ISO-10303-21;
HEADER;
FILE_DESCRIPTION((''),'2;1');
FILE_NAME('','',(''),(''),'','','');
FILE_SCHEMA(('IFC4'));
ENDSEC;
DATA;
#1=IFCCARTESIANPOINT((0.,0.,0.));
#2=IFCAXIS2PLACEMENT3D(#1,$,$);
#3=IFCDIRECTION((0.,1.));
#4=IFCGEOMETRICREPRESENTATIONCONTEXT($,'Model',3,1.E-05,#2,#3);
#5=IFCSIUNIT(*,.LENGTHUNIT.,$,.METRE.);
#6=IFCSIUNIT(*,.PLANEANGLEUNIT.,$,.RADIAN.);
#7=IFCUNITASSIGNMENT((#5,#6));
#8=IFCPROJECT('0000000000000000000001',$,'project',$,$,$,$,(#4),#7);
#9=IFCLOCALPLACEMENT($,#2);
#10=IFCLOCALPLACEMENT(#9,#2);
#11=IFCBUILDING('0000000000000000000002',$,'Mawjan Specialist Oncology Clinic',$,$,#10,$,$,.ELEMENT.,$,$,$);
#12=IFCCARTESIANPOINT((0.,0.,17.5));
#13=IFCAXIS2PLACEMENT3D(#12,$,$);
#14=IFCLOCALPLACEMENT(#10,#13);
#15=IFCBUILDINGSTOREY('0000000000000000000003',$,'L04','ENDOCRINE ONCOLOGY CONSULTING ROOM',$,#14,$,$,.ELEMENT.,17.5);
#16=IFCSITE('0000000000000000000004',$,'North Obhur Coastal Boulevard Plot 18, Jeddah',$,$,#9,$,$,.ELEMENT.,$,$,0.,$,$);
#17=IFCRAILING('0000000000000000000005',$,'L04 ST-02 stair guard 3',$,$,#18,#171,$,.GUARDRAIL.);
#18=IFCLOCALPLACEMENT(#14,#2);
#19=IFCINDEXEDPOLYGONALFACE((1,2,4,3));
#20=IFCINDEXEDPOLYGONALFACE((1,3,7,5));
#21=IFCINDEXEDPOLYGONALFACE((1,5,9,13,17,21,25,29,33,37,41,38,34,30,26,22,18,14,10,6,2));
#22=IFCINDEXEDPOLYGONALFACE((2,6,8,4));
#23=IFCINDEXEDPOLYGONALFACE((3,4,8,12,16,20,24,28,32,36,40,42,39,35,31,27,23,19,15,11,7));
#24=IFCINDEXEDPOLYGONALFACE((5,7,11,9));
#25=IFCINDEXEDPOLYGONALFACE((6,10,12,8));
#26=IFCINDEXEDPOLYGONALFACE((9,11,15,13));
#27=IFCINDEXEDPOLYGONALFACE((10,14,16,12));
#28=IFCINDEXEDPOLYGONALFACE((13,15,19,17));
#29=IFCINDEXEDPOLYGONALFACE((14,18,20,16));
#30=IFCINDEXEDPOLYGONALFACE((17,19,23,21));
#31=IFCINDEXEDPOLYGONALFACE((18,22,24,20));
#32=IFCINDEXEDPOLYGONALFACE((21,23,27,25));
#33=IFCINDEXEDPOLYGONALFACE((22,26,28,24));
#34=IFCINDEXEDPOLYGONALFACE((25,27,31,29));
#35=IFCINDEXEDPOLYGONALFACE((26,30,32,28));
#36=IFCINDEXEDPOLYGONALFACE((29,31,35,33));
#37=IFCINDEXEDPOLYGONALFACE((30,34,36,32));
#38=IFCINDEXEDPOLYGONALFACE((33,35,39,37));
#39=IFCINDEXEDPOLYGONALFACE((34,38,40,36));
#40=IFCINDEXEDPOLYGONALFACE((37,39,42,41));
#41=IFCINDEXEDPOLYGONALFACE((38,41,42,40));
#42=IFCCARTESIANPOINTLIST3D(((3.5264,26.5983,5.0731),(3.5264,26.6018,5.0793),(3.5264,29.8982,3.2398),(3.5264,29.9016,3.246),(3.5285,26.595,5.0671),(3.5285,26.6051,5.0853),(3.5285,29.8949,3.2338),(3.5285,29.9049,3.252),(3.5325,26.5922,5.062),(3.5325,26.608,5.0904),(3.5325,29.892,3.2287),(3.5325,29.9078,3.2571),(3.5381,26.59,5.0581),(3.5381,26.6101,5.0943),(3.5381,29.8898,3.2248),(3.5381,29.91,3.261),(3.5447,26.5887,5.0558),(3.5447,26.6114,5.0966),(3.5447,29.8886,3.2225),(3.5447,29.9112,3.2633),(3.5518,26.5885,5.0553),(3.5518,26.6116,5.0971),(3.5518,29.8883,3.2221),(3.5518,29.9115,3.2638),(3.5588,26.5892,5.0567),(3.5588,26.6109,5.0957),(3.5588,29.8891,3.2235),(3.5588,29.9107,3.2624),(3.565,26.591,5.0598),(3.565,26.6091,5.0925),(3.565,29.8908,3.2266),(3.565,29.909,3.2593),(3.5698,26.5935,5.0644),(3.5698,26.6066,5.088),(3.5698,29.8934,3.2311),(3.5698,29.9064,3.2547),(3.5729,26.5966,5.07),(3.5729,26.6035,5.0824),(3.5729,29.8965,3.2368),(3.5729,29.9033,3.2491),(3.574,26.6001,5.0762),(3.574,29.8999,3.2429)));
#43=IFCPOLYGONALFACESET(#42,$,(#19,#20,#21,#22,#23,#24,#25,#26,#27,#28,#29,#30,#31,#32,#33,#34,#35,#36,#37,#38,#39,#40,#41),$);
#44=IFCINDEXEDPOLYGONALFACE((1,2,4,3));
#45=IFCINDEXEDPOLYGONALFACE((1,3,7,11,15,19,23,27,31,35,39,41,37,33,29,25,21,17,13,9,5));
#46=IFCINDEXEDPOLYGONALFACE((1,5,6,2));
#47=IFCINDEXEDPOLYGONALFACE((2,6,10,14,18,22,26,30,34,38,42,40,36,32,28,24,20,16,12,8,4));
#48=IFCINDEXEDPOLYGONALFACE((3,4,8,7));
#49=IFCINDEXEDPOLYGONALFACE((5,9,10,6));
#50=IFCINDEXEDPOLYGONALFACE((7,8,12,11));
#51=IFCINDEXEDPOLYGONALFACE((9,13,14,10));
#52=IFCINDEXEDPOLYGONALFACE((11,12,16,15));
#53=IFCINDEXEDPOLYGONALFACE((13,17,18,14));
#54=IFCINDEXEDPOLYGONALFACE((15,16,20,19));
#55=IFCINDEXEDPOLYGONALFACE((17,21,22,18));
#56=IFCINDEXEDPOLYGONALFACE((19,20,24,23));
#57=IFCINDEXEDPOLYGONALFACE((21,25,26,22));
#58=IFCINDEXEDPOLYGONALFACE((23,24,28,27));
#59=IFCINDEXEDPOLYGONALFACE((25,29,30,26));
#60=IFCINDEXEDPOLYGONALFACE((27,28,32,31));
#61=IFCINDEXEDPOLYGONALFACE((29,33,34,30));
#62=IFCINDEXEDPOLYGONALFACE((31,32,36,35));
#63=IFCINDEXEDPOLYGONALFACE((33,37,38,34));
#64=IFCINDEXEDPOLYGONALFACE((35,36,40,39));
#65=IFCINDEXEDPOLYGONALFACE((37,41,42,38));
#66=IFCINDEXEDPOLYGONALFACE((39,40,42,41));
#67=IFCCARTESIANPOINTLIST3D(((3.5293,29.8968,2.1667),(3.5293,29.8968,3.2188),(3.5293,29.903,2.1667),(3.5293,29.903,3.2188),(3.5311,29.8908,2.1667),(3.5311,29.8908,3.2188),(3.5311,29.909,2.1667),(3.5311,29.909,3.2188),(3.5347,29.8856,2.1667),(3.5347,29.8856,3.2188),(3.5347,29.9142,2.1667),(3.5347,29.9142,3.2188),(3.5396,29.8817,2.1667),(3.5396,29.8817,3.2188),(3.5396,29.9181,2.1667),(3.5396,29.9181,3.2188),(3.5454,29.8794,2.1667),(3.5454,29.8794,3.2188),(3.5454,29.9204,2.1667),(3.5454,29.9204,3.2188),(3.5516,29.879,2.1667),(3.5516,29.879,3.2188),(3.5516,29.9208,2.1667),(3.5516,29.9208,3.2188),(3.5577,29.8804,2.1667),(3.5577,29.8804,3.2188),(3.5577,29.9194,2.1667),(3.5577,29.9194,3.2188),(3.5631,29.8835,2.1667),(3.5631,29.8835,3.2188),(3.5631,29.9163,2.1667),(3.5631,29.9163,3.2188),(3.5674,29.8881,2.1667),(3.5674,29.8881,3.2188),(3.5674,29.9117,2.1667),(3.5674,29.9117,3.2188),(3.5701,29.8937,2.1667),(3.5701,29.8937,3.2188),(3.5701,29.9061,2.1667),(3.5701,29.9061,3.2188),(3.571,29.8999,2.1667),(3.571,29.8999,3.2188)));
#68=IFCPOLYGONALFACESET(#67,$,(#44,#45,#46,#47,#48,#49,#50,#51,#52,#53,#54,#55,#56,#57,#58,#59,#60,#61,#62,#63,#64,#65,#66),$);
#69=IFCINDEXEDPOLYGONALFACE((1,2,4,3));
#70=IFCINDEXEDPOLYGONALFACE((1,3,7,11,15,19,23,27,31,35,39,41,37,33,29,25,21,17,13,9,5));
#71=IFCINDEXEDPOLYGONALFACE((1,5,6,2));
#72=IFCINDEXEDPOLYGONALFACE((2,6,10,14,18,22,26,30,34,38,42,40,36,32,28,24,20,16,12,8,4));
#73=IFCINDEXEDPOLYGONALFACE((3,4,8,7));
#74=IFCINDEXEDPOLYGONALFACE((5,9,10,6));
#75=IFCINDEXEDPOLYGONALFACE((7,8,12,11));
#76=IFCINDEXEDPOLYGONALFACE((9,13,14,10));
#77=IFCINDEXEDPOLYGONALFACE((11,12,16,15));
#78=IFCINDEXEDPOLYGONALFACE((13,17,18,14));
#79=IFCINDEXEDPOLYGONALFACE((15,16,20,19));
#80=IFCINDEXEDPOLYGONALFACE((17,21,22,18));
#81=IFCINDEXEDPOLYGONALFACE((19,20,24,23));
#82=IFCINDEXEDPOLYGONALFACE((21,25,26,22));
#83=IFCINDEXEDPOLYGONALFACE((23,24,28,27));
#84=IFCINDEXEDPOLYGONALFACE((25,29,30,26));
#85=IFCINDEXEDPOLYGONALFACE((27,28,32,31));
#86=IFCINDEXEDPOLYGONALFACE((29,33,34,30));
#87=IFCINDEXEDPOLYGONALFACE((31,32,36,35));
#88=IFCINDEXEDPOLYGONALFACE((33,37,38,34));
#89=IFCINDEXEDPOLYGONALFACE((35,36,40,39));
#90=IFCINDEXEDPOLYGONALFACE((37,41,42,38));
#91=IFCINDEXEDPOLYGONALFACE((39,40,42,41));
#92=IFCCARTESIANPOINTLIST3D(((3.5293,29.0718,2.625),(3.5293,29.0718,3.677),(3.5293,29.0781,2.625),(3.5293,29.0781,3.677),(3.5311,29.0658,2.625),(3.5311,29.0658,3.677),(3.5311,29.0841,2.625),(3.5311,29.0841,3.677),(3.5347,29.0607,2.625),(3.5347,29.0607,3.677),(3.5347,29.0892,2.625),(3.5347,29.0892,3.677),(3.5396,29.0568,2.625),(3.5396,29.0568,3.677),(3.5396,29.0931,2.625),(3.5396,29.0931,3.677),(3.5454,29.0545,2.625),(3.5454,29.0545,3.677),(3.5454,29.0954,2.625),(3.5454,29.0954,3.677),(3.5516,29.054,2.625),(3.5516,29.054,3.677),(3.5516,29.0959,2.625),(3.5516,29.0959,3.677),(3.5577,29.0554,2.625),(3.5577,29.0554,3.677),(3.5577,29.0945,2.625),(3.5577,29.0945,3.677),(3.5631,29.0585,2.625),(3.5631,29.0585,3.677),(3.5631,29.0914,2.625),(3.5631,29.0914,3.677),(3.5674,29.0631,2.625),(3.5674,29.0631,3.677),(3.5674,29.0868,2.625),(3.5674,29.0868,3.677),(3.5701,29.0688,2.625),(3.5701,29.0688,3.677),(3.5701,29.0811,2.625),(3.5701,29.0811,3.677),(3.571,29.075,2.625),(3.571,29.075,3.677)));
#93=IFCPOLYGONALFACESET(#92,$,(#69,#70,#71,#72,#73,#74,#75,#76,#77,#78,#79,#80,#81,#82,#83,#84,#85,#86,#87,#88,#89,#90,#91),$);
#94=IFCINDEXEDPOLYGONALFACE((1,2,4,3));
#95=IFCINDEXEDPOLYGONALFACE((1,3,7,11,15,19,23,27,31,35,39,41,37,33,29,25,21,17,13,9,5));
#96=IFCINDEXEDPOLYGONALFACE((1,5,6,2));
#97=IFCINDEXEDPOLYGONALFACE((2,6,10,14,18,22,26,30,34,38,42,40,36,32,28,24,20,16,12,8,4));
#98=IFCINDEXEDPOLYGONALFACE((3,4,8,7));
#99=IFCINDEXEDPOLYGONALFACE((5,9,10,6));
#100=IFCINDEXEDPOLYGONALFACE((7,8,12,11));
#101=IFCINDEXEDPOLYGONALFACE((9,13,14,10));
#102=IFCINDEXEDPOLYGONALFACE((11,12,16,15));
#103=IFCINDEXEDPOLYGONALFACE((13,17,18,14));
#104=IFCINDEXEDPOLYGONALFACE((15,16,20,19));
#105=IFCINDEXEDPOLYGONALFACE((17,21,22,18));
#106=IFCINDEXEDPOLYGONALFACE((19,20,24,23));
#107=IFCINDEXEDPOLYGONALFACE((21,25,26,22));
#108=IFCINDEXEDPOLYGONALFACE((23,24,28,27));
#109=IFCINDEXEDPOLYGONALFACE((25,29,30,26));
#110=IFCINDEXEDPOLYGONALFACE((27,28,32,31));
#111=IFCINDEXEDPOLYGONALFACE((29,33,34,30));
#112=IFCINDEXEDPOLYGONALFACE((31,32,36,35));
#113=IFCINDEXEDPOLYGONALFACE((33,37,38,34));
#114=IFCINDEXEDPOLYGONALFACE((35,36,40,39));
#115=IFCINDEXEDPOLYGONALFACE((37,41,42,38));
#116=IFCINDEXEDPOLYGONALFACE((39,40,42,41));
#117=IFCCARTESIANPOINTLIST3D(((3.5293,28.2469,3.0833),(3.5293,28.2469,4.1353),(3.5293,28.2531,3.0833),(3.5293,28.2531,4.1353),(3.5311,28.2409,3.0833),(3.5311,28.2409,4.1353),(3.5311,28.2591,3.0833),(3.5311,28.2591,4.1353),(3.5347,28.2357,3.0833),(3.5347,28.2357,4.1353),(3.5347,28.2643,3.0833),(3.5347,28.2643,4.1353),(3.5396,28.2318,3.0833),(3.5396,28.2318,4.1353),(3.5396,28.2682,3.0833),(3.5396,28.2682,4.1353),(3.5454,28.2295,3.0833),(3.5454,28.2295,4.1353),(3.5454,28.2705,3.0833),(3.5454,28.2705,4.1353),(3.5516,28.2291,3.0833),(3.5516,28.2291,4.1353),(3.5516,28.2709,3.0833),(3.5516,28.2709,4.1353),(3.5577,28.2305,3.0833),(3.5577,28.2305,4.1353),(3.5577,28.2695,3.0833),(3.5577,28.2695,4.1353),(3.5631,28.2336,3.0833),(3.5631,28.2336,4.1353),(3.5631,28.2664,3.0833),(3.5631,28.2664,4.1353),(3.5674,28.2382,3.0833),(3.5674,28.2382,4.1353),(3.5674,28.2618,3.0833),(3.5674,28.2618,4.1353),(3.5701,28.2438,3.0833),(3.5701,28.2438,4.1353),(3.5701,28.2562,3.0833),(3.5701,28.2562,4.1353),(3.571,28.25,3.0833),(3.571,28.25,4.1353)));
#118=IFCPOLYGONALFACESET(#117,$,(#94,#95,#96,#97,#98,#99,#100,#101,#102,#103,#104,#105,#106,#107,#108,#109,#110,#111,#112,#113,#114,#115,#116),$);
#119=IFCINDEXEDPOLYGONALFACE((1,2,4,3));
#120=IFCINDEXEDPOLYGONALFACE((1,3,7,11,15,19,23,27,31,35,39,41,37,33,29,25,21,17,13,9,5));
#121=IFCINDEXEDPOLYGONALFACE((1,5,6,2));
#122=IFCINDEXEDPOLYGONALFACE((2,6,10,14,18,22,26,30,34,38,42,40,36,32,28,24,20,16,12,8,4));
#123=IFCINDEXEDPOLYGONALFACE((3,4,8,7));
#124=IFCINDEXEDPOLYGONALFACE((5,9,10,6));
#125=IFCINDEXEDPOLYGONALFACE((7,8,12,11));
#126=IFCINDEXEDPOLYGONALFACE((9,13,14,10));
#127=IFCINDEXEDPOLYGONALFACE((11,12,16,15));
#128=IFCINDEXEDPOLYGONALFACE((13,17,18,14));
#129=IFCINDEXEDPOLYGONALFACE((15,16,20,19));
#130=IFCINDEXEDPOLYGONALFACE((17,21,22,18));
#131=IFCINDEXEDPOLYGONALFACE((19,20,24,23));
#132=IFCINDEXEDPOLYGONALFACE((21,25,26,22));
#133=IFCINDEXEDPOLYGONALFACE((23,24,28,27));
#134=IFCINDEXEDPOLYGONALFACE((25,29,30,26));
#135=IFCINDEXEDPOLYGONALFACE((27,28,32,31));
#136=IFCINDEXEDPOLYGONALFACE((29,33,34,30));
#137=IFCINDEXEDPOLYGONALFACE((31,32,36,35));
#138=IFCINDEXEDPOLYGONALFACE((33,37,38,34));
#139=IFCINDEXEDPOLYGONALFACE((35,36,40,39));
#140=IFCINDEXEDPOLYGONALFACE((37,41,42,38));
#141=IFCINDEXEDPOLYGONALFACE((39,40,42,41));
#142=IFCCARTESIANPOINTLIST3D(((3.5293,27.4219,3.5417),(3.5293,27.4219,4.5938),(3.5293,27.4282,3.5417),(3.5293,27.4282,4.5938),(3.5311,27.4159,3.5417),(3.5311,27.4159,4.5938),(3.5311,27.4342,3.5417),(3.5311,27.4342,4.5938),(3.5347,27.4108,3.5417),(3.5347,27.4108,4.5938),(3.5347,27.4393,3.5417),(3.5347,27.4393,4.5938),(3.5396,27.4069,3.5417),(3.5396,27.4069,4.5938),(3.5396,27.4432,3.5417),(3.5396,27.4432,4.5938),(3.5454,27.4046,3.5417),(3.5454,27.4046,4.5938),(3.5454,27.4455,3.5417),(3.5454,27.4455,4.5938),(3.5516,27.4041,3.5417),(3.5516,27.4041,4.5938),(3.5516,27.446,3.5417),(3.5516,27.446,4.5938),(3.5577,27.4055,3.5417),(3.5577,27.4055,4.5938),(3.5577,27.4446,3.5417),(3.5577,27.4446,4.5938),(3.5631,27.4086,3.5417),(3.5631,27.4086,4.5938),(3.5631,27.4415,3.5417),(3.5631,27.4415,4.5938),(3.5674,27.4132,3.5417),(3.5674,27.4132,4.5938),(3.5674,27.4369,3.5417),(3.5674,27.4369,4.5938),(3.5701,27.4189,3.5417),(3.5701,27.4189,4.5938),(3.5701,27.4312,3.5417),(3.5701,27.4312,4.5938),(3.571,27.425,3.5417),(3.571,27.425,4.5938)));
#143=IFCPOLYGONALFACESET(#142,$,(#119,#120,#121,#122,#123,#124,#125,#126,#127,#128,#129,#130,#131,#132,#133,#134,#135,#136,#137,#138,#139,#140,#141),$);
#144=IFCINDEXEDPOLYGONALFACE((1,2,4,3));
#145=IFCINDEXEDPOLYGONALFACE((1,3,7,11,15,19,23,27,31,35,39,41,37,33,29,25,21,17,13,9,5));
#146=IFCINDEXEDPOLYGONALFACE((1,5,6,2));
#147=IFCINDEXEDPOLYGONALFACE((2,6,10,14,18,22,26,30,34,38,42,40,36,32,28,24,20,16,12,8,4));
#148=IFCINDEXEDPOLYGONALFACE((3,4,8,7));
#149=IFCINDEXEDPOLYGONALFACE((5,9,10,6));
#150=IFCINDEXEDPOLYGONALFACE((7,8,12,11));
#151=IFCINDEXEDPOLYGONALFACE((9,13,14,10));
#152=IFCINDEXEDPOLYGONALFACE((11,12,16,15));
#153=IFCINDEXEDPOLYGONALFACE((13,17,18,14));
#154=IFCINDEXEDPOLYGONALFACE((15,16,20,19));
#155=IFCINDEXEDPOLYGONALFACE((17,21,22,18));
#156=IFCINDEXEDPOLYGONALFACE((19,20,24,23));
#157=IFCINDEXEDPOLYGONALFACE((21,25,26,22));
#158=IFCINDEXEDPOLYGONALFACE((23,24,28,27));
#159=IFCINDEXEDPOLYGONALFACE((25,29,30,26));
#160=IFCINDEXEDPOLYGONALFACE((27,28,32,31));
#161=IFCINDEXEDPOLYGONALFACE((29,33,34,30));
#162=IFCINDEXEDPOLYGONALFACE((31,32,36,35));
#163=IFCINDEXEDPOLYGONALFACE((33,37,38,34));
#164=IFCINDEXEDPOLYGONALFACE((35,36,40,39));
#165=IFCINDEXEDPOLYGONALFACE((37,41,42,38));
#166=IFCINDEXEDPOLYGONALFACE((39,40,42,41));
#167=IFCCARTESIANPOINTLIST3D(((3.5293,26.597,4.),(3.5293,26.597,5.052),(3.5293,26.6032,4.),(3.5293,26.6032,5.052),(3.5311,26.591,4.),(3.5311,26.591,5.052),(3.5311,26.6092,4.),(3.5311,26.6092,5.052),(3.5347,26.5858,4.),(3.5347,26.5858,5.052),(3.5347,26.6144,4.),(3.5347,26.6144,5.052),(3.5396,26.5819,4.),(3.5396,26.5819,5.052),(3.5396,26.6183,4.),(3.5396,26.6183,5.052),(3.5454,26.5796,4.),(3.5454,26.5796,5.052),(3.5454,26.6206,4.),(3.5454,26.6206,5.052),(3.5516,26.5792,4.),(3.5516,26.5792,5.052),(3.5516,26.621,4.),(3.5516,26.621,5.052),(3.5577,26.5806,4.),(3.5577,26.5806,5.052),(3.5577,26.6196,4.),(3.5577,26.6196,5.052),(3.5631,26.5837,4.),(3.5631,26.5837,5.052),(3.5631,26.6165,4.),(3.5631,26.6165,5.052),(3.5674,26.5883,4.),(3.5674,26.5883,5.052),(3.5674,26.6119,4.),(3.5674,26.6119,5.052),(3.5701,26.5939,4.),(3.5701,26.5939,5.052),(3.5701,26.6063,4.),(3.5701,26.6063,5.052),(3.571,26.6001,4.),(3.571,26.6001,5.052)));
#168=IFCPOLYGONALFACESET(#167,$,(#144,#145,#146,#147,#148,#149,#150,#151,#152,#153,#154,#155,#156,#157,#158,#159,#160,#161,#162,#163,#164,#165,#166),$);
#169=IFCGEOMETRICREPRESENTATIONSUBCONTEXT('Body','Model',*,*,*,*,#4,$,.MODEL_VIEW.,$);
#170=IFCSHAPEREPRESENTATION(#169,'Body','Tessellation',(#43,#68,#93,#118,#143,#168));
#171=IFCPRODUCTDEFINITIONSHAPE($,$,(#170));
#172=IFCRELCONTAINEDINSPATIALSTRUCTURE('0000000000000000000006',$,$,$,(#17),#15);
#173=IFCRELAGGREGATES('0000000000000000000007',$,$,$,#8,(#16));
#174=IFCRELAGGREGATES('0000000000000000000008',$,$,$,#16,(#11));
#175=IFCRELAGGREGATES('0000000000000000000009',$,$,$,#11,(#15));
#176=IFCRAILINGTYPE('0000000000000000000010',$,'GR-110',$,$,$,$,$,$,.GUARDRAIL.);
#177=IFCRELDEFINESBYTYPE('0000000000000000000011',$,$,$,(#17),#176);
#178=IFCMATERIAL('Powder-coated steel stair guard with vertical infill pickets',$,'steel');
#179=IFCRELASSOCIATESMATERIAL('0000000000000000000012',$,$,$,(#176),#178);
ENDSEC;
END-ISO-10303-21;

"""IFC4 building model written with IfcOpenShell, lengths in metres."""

from ifc_helpers import new_model, si_unit, direction, frame, origin, origin_2d, place, context, subcontext, project, spatial, circle, extrude, material, type_object, element, save


model = new_model("IFC4")

# Units and contexts
model_context = context("Model", 3, precision=1e-05, world=origin(), true_north=direction((0.0, 1.0)))
body_context = subcontext(model_context, "Body", "Model", "MODEL_VIEW")
ifc_project = project(units=[si_unit("LENGTHUNIT", "METRE"), si_unit("PLANEANGLEUNIT", "RADIAN")], contexts=[model_context])

# Site, building, storey
site_placement = place(None, origin())
site = spatial("IfcSite", under=ifc_project, at=site_placement, Name="North Obhur Coastal Boulevard Plot 18, Jeddah", CompositionType="ELEMENT", RefElevation=0.0)
building_placement = place(site_placement, origin())
building = spatial("IfcBuilding", under=site, at=building_placement, Name="Mawjan Specialist Oncology Clinic", CompositionType="ELEMENT")
storey_placement = place(building_placement, frame((0.0, 0.0, 17.5)))
storey = spatial("IfcBuildingStorey", under=building, at=storey_placement, Name="L04", Description="ENDOCRINE ONCOLOGY CONSULTING ROOM", CompositionType="ELEMENT", Elevation=17.5)

# Railing
ifc_material_1 = material(Name="Powder-coated steel stair guard with vertical infill pickets", Category="steel")
railing_type_1 = type_object("IfcRailingType", Name="GR-110", PredefinedType="GUARDRAIL", material=ifc_material_1)
railing_1_placement = place(storey_placement, frame((3.55, 29.8999, 2.1667)))
element("IfcRailing", 1, at=railing_1_placement, inside=storey, type_object=railing_type_1, Name="L04 ST-02 stair guard 3", PredefinedType="GUARDRAIL", context=body_context, shape_type="SweptSolid", body=[
    extrude(circle(Radius=0.0239, at=origin_2d()), frame((0.0, 0.0, 1.0762), z_axis=(0.0, -0.874154, 0.485648), x_axis=(1.0, 0.0, 0.0)), (0.0, 0.0, 1.0), 3.7749),
    extrude(circle(Radius=0.021, at=origin_2d()), origin(), (0.0, 0.0, 1.0), 1.052),
    extrude(circle(Radius=0.021, at=origin_2d()), frame((0.0, -0.825, 0.4583)), (0.0, 0.0, 1.0), 1.052),
    extrude(circle(Radius=0.021, at=origin_2d()), frame((0.0, -1.6499, 0.9165)), (0.0, 0.0, 1.0), 1.052),
    extrude(circle(Radius=0.021, at=origin_2d()), frame((0.0, -2.4749, 1.375)), (0.0, 0.0, 1.0), 1.052),
    extrude(circle(Radius=0.021, at=origin_2d()), frame((0.0, -3.2998, 1.8333)), (0.0, 0.0, 1.0), 1.052),
])

save(model, "model.ifc")
